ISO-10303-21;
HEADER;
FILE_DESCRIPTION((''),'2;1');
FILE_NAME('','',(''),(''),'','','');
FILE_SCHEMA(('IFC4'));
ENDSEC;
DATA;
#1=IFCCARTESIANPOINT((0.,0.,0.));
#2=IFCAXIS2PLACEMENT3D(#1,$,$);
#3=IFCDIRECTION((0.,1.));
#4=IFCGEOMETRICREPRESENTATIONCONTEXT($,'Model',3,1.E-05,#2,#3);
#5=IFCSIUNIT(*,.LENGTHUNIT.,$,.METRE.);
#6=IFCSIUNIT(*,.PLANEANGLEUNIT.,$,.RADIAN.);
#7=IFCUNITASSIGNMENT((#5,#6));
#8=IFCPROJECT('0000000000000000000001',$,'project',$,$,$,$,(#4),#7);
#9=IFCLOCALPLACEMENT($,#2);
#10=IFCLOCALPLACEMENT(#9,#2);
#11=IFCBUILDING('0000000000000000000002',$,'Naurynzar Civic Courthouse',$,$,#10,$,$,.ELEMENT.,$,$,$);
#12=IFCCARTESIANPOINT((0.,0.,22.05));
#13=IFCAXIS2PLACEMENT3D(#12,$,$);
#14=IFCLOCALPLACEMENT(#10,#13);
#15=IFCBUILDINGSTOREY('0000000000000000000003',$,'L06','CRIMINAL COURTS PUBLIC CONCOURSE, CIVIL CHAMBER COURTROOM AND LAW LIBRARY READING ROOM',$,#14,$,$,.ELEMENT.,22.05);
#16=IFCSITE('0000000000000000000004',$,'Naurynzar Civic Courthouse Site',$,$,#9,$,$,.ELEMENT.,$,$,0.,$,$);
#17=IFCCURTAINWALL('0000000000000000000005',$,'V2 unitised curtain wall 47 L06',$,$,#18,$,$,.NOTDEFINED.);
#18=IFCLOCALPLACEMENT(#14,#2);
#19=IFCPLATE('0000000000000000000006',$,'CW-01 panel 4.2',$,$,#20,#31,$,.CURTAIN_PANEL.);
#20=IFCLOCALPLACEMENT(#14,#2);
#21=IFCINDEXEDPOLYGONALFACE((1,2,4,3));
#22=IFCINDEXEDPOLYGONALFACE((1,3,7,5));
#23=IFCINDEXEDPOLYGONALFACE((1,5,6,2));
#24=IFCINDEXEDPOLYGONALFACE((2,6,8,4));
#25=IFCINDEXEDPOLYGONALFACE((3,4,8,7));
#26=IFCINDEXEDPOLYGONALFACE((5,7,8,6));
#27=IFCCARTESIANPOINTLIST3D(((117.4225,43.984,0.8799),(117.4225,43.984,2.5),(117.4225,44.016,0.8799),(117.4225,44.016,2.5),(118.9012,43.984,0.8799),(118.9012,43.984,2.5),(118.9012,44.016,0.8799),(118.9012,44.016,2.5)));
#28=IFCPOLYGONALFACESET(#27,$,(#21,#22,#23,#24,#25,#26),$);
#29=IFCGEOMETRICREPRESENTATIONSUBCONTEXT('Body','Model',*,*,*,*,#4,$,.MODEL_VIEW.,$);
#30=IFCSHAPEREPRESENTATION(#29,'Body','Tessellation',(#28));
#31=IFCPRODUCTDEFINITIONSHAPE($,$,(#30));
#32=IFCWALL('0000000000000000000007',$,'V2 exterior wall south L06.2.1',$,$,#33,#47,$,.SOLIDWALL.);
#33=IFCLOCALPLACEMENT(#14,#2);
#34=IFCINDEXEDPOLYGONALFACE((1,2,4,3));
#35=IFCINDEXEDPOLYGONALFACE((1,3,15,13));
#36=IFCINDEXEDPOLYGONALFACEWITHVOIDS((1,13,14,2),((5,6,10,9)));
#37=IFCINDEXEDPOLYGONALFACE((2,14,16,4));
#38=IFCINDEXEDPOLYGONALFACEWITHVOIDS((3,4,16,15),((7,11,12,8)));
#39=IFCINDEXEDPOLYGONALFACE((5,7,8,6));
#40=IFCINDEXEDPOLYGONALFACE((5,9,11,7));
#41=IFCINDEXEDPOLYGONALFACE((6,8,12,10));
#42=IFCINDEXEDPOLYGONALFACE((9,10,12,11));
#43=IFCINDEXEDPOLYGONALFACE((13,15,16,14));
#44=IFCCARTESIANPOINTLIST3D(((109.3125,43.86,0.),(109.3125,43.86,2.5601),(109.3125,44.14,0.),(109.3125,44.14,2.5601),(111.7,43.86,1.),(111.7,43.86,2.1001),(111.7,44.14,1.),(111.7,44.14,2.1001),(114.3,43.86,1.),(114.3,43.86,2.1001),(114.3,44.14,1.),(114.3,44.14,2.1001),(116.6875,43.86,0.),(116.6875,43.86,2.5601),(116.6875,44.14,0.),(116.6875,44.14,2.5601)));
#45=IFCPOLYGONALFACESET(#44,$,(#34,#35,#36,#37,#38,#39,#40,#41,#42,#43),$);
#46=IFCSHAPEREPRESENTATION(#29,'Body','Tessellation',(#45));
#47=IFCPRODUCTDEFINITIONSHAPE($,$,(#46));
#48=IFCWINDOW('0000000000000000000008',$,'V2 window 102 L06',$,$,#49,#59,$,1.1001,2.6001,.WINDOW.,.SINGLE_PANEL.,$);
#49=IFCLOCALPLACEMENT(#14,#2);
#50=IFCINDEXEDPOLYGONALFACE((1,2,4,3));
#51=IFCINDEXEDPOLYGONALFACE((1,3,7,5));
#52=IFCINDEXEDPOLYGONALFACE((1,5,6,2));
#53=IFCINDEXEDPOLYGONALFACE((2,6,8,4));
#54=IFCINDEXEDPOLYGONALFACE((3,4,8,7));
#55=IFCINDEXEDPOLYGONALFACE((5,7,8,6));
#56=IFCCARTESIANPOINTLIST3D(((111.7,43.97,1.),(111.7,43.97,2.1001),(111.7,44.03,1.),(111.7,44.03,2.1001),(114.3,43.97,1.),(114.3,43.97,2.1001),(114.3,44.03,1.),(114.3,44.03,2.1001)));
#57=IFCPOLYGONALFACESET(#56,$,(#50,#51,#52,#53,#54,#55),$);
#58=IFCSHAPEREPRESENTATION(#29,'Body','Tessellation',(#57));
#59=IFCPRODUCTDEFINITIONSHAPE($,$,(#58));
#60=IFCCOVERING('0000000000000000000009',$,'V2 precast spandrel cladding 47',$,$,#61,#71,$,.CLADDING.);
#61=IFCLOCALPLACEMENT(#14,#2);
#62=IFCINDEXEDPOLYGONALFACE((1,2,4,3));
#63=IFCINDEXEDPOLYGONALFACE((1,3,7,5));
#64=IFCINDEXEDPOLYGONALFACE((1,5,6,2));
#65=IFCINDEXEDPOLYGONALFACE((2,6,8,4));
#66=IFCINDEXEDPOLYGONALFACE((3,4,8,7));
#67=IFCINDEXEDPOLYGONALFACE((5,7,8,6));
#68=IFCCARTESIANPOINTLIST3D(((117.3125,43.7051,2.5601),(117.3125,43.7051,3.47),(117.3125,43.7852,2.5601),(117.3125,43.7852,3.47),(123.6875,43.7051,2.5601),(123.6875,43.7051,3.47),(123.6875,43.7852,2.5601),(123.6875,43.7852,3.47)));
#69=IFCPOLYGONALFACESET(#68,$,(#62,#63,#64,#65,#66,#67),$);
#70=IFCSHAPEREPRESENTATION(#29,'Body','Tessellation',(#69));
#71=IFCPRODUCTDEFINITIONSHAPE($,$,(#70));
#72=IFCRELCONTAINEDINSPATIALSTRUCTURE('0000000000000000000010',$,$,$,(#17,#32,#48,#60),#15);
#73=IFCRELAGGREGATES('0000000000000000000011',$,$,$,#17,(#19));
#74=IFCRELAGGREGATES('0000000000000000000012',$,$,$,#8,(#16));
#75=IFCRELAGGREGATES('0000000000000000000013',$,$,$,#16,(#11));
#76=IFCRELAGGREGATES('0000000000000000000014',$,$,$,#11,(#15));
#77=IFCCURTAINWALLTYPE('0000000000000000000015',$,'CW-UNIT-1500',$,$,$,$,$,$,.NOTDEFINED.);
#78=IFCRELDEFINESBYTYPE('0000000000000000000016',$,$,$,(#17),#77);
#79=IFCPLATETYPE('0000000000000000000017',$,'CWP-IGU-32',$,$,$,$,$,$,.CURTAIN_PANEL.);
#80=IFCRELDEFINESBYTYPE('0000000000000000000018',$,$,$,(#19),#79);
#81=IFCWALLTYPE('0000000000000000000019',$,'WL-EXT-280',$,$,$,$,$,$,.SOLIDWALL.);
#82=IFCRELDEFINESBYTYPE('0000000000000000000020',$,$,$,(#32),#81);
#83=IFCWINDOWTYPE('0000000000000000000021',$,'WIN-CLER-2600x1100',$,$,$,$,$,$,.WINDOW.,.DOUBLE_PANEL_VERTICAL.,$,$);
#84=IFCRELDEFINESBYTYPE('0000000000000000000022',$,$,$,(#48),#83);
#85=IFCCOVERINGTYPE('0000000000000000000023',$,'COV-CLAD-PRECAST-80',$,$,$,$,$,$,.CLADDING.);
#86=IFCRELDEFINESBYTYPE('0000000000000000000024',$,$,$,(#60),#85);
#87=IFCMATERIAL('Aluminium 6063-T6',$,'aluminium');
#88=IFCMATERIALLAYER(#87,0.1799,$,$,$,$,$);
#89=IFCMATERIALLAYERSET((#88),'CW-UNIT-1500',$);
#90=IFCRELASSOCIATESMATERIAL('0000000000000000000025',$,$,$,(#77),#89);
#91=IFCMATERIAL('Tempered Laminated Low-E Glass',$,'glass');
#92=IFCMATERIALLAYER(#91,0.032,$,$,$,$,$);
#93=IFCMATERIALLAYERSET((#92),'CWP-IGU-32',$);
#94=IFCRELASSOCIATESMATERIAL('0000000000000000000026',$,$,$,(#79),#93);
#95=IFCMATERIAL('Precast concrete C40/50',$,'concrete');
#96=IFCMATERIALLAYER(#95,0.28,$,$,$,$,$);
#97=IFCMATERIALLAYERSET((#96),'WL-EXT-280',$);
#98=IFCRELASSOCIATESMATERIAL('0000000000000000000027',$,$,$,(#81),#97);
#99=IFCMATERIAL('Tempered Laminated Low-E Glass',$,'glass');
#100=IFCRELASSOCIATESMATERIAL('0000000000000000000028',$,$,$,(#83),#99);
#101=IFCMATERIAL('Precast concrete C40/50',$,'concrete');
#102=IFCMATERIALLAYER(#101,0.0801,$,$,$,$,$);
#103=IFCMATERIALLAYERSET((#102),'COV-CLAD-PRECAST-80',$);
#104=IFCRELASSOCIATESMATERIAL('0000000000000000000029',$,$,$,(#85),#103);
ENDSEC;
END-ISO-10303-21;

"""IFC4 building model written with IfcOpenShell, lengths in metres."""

from ifc_helpers import new_model, si_unit, direction, frame, frame_2d, origin, origin_2d, place, context, subcontext, project, spatial, rectangle, extrude, material, layer, layer_set, type_object, element, fill, aggregate, save


model = new_model("IFC4")

# Units and contexts
model_context = context("Model", 3, precision=1e-05, world=origin(), true_north=direction((0.0, 1.0)))
body_context = subcontext(model_context, "Body", "Model", "MODEL_VIEW")
ifc_project = project(units=[si_unit("LENGTHUNIT", "METRE"), si_unit("PLANEANGLEUNIT", "RADIAN")], contexts=[model_context])

# Site, building, storey
site_placement = place(None, origin())
site = spatial("IfcSite", under=ifc_project, at=site_placement, Name="Naurynzar Civic Courthouse Site", CompositionType="ELEMENT", RefElevation=0.0)
building_placement = place(site_placement, origin())
building = spatial("IfcBuilding", under=site, at=building_placement, Name="Naurynzar Civic Courthouse", CompositionType="ELEMENT")
storey_placement = place(building_placement, frame((0.0, 0.0, 22.05)))
storey = spatial("IfcBuildingStorey", under=building, at=storey_placement, Name="L06", Description="CRIMINAL COURTS PUBLIC CONCOURSE, CIVIL CHAMBER COURTROOM AND LAW LIBRARY READING ROOM", CompositionType="ELEMENT", Elevation=22.05)

# Curtain wall, plate
ifc_material_1 = material(Name="Aluminium 6063-T6", Category="aluminium")
ifc_layer_1 = layer(ifc_material_1, 0.1799)
ifc_layer_set_1 = layer_set([ifc_layer_1], Name="CW-UNIT-1500")
curtain_wall_type = type_object("IfcCurtainWallType", Name="CW-UNIT-1500", PredefinedType="NOTDEFINED", material=ifc_layer_set_1)
curtain_wall_placement = place(storey_placement, origin())
curtain_wall = element("IfcCurtainWall", 1, at=curtain_wall_placement, inside=storey, type_object=curtain_wall_type, Name="V2 unitised curtain wall 47 L06", PredefinedType="NOTDEFINED")
ifc_material_2 = material(Name="Tempered Laminated Low-E Glass", Category="glass")
ifc_layer_2 = layer(ifc_material_2, 0.032)
ifc_layer_set_2 = layer_set([ifc_layer_2], Name="CWP-IGU-32")
plate_type = type_object("IfcPlateType", Name="CWP-IGU-32", PredefinedType="CURTAIN_PANEL", material=ifc_layer_set_2)
plate_1_placement = place(storey_placement, frame((118.1619, 44.0, 0.8799), z_axis=(0.0, 0.0, 1.0), x_axis=(-1.0, 0.0, 0.0)))
plate_1 = element("IfcPlate", 2, at=plate_1_placement, type_object=plate_type, Name="CW-01 panel 4.2", PredefinedType="CURTAIN_PANEL", context=body_context, shape_type="SweptSolid", body=[
    extrude(rectangle(XDim=1.4788, YDim=0.032, at=origin_2d()), origin(), (0.0, 0.0, 1.0), 1.6201),
])
aggregate(curtain_wall, [plate_1])

# Wall, opening, window
ifc_material_3 = material(Name="Precast concrete C40/50", Category="concrete")
ifc_layer_3 = layer(ifc_material_3, 0.28)
ifc_layer_set_3 = layer_set([ifc_layer_3], Name="WL-EXT-280")
wall_type = type_object("IfcWallType", Name="WL-EXT-280", PredefinedType="SOLIDWALL", material=ifc_layer_set_3)
wall_placement = place(storey_placement, frame((116.6875, 44.0, 0.0), z_axis=(0.0, 0.0, 1.0), x_axis=(-1.0, 0.0, 0.0)))
wall = element("IfcWall", 3, at=wall_placement, inside=storey, type_object=wall_type, Name="V2 exterior wall south L06.2.1", PredefinedType="SOLIDWALL", context=body_context, shape_type="SweptSolid", body=[
    extrude(rectangle(XDim=7.375, YDim=0.28, at=frame_2d((3.6875, 0.0))), origin(), (0.0, 0.0, 1.0), 2.5601),
])
opening_placement = place(wall_placement, frame((2.3875, 0.0, 1.0)))
opening = element("IfcOpeningElement", 4, at=opening_placement, cuts=wall, PredefinedType="OPENING", context=body_context, shape_type="SweptSolid", body=[
    extrude(rectangle(XDim=2.6001, YDim=1.1001, at=frame_2d((1.3, 0.55))), frame((0.0, 0.1499, 0.0), z_axis=(0.0, -1.0, 0.0), x_axis=(1.0, 0.0, 0.0)), (0.0, 0.0, 1.0), 0.3),
])
ifc_material_4 = material(Name="Tempered Laminated Low-E Glass", Category="glass")
window_type = type_object("IfcWindowType", Name="WIN-CLER-2600x1100", PartitioningType="DOUBLE_PANEL_VERTICAL", PredefinedType="WINDOW", material=ifc_material_4)
window_placement = place(opening_placement, origin())
window = element("IfcWindow", 5, at=window_placement, inside=storey, type_object=window_type, Name="V2 window 102 L06", OverallHeight=1.1001, OverallWidth=2.6001, PartitioningType="SINGLE_PANEL", PredefinedType="WINDOW", context=body_context, shape_type="SweptSolid", body=[
    extrude(rectangle(XDim=2.6001, YDim=1.1001, at=frame_2d((1.3, 0.55))), frame((0.0, 0.03, 0.0), z_axis=(0.0, -1.0, 0.0), x_axis=(1.0, 0.0, 0.0)), (0.0, 0.0, 1.0), 0.0601),
])
fill(opening, window)

# Covering
ifc_material_5 = material(Name="Precast concrete C40/50", Category="concrete")
ifc_layer_4 = layer(ifc_material_5, 0.0801)
ifc_layer_set_4 = layer_set([ifc_layer_4], Name="COV-CLAD-PRECAST-80")
covering_type = type_object("IfcCoveringType", Name="COV-CLAD-PRECAST-80", PredefinedType="CLADDING", material=ifc_layer_set_4)
covering_placement = place(storey_placement, frame((120.5, 43.7451, 2.5601), z_axis=(0.0, 0.0, 1.0), x_axis=(-1.0, 0.0, 0.0)))
element("IfcCovering", 6, at=covering_placement, inside=storey, type_object=covering_type, Name="V2 precast spandrel cladding 47", PredefinedType="CLADDING", context=body_context, shape_type="SweptSolid", body=[
    extrude(rectangle(XDim=6.375, YDim=0.0801, at=origin_2d()), origin(), (0.0, 0.0, 1.0), 0.9099),
])

save(model, "model.ifc")
